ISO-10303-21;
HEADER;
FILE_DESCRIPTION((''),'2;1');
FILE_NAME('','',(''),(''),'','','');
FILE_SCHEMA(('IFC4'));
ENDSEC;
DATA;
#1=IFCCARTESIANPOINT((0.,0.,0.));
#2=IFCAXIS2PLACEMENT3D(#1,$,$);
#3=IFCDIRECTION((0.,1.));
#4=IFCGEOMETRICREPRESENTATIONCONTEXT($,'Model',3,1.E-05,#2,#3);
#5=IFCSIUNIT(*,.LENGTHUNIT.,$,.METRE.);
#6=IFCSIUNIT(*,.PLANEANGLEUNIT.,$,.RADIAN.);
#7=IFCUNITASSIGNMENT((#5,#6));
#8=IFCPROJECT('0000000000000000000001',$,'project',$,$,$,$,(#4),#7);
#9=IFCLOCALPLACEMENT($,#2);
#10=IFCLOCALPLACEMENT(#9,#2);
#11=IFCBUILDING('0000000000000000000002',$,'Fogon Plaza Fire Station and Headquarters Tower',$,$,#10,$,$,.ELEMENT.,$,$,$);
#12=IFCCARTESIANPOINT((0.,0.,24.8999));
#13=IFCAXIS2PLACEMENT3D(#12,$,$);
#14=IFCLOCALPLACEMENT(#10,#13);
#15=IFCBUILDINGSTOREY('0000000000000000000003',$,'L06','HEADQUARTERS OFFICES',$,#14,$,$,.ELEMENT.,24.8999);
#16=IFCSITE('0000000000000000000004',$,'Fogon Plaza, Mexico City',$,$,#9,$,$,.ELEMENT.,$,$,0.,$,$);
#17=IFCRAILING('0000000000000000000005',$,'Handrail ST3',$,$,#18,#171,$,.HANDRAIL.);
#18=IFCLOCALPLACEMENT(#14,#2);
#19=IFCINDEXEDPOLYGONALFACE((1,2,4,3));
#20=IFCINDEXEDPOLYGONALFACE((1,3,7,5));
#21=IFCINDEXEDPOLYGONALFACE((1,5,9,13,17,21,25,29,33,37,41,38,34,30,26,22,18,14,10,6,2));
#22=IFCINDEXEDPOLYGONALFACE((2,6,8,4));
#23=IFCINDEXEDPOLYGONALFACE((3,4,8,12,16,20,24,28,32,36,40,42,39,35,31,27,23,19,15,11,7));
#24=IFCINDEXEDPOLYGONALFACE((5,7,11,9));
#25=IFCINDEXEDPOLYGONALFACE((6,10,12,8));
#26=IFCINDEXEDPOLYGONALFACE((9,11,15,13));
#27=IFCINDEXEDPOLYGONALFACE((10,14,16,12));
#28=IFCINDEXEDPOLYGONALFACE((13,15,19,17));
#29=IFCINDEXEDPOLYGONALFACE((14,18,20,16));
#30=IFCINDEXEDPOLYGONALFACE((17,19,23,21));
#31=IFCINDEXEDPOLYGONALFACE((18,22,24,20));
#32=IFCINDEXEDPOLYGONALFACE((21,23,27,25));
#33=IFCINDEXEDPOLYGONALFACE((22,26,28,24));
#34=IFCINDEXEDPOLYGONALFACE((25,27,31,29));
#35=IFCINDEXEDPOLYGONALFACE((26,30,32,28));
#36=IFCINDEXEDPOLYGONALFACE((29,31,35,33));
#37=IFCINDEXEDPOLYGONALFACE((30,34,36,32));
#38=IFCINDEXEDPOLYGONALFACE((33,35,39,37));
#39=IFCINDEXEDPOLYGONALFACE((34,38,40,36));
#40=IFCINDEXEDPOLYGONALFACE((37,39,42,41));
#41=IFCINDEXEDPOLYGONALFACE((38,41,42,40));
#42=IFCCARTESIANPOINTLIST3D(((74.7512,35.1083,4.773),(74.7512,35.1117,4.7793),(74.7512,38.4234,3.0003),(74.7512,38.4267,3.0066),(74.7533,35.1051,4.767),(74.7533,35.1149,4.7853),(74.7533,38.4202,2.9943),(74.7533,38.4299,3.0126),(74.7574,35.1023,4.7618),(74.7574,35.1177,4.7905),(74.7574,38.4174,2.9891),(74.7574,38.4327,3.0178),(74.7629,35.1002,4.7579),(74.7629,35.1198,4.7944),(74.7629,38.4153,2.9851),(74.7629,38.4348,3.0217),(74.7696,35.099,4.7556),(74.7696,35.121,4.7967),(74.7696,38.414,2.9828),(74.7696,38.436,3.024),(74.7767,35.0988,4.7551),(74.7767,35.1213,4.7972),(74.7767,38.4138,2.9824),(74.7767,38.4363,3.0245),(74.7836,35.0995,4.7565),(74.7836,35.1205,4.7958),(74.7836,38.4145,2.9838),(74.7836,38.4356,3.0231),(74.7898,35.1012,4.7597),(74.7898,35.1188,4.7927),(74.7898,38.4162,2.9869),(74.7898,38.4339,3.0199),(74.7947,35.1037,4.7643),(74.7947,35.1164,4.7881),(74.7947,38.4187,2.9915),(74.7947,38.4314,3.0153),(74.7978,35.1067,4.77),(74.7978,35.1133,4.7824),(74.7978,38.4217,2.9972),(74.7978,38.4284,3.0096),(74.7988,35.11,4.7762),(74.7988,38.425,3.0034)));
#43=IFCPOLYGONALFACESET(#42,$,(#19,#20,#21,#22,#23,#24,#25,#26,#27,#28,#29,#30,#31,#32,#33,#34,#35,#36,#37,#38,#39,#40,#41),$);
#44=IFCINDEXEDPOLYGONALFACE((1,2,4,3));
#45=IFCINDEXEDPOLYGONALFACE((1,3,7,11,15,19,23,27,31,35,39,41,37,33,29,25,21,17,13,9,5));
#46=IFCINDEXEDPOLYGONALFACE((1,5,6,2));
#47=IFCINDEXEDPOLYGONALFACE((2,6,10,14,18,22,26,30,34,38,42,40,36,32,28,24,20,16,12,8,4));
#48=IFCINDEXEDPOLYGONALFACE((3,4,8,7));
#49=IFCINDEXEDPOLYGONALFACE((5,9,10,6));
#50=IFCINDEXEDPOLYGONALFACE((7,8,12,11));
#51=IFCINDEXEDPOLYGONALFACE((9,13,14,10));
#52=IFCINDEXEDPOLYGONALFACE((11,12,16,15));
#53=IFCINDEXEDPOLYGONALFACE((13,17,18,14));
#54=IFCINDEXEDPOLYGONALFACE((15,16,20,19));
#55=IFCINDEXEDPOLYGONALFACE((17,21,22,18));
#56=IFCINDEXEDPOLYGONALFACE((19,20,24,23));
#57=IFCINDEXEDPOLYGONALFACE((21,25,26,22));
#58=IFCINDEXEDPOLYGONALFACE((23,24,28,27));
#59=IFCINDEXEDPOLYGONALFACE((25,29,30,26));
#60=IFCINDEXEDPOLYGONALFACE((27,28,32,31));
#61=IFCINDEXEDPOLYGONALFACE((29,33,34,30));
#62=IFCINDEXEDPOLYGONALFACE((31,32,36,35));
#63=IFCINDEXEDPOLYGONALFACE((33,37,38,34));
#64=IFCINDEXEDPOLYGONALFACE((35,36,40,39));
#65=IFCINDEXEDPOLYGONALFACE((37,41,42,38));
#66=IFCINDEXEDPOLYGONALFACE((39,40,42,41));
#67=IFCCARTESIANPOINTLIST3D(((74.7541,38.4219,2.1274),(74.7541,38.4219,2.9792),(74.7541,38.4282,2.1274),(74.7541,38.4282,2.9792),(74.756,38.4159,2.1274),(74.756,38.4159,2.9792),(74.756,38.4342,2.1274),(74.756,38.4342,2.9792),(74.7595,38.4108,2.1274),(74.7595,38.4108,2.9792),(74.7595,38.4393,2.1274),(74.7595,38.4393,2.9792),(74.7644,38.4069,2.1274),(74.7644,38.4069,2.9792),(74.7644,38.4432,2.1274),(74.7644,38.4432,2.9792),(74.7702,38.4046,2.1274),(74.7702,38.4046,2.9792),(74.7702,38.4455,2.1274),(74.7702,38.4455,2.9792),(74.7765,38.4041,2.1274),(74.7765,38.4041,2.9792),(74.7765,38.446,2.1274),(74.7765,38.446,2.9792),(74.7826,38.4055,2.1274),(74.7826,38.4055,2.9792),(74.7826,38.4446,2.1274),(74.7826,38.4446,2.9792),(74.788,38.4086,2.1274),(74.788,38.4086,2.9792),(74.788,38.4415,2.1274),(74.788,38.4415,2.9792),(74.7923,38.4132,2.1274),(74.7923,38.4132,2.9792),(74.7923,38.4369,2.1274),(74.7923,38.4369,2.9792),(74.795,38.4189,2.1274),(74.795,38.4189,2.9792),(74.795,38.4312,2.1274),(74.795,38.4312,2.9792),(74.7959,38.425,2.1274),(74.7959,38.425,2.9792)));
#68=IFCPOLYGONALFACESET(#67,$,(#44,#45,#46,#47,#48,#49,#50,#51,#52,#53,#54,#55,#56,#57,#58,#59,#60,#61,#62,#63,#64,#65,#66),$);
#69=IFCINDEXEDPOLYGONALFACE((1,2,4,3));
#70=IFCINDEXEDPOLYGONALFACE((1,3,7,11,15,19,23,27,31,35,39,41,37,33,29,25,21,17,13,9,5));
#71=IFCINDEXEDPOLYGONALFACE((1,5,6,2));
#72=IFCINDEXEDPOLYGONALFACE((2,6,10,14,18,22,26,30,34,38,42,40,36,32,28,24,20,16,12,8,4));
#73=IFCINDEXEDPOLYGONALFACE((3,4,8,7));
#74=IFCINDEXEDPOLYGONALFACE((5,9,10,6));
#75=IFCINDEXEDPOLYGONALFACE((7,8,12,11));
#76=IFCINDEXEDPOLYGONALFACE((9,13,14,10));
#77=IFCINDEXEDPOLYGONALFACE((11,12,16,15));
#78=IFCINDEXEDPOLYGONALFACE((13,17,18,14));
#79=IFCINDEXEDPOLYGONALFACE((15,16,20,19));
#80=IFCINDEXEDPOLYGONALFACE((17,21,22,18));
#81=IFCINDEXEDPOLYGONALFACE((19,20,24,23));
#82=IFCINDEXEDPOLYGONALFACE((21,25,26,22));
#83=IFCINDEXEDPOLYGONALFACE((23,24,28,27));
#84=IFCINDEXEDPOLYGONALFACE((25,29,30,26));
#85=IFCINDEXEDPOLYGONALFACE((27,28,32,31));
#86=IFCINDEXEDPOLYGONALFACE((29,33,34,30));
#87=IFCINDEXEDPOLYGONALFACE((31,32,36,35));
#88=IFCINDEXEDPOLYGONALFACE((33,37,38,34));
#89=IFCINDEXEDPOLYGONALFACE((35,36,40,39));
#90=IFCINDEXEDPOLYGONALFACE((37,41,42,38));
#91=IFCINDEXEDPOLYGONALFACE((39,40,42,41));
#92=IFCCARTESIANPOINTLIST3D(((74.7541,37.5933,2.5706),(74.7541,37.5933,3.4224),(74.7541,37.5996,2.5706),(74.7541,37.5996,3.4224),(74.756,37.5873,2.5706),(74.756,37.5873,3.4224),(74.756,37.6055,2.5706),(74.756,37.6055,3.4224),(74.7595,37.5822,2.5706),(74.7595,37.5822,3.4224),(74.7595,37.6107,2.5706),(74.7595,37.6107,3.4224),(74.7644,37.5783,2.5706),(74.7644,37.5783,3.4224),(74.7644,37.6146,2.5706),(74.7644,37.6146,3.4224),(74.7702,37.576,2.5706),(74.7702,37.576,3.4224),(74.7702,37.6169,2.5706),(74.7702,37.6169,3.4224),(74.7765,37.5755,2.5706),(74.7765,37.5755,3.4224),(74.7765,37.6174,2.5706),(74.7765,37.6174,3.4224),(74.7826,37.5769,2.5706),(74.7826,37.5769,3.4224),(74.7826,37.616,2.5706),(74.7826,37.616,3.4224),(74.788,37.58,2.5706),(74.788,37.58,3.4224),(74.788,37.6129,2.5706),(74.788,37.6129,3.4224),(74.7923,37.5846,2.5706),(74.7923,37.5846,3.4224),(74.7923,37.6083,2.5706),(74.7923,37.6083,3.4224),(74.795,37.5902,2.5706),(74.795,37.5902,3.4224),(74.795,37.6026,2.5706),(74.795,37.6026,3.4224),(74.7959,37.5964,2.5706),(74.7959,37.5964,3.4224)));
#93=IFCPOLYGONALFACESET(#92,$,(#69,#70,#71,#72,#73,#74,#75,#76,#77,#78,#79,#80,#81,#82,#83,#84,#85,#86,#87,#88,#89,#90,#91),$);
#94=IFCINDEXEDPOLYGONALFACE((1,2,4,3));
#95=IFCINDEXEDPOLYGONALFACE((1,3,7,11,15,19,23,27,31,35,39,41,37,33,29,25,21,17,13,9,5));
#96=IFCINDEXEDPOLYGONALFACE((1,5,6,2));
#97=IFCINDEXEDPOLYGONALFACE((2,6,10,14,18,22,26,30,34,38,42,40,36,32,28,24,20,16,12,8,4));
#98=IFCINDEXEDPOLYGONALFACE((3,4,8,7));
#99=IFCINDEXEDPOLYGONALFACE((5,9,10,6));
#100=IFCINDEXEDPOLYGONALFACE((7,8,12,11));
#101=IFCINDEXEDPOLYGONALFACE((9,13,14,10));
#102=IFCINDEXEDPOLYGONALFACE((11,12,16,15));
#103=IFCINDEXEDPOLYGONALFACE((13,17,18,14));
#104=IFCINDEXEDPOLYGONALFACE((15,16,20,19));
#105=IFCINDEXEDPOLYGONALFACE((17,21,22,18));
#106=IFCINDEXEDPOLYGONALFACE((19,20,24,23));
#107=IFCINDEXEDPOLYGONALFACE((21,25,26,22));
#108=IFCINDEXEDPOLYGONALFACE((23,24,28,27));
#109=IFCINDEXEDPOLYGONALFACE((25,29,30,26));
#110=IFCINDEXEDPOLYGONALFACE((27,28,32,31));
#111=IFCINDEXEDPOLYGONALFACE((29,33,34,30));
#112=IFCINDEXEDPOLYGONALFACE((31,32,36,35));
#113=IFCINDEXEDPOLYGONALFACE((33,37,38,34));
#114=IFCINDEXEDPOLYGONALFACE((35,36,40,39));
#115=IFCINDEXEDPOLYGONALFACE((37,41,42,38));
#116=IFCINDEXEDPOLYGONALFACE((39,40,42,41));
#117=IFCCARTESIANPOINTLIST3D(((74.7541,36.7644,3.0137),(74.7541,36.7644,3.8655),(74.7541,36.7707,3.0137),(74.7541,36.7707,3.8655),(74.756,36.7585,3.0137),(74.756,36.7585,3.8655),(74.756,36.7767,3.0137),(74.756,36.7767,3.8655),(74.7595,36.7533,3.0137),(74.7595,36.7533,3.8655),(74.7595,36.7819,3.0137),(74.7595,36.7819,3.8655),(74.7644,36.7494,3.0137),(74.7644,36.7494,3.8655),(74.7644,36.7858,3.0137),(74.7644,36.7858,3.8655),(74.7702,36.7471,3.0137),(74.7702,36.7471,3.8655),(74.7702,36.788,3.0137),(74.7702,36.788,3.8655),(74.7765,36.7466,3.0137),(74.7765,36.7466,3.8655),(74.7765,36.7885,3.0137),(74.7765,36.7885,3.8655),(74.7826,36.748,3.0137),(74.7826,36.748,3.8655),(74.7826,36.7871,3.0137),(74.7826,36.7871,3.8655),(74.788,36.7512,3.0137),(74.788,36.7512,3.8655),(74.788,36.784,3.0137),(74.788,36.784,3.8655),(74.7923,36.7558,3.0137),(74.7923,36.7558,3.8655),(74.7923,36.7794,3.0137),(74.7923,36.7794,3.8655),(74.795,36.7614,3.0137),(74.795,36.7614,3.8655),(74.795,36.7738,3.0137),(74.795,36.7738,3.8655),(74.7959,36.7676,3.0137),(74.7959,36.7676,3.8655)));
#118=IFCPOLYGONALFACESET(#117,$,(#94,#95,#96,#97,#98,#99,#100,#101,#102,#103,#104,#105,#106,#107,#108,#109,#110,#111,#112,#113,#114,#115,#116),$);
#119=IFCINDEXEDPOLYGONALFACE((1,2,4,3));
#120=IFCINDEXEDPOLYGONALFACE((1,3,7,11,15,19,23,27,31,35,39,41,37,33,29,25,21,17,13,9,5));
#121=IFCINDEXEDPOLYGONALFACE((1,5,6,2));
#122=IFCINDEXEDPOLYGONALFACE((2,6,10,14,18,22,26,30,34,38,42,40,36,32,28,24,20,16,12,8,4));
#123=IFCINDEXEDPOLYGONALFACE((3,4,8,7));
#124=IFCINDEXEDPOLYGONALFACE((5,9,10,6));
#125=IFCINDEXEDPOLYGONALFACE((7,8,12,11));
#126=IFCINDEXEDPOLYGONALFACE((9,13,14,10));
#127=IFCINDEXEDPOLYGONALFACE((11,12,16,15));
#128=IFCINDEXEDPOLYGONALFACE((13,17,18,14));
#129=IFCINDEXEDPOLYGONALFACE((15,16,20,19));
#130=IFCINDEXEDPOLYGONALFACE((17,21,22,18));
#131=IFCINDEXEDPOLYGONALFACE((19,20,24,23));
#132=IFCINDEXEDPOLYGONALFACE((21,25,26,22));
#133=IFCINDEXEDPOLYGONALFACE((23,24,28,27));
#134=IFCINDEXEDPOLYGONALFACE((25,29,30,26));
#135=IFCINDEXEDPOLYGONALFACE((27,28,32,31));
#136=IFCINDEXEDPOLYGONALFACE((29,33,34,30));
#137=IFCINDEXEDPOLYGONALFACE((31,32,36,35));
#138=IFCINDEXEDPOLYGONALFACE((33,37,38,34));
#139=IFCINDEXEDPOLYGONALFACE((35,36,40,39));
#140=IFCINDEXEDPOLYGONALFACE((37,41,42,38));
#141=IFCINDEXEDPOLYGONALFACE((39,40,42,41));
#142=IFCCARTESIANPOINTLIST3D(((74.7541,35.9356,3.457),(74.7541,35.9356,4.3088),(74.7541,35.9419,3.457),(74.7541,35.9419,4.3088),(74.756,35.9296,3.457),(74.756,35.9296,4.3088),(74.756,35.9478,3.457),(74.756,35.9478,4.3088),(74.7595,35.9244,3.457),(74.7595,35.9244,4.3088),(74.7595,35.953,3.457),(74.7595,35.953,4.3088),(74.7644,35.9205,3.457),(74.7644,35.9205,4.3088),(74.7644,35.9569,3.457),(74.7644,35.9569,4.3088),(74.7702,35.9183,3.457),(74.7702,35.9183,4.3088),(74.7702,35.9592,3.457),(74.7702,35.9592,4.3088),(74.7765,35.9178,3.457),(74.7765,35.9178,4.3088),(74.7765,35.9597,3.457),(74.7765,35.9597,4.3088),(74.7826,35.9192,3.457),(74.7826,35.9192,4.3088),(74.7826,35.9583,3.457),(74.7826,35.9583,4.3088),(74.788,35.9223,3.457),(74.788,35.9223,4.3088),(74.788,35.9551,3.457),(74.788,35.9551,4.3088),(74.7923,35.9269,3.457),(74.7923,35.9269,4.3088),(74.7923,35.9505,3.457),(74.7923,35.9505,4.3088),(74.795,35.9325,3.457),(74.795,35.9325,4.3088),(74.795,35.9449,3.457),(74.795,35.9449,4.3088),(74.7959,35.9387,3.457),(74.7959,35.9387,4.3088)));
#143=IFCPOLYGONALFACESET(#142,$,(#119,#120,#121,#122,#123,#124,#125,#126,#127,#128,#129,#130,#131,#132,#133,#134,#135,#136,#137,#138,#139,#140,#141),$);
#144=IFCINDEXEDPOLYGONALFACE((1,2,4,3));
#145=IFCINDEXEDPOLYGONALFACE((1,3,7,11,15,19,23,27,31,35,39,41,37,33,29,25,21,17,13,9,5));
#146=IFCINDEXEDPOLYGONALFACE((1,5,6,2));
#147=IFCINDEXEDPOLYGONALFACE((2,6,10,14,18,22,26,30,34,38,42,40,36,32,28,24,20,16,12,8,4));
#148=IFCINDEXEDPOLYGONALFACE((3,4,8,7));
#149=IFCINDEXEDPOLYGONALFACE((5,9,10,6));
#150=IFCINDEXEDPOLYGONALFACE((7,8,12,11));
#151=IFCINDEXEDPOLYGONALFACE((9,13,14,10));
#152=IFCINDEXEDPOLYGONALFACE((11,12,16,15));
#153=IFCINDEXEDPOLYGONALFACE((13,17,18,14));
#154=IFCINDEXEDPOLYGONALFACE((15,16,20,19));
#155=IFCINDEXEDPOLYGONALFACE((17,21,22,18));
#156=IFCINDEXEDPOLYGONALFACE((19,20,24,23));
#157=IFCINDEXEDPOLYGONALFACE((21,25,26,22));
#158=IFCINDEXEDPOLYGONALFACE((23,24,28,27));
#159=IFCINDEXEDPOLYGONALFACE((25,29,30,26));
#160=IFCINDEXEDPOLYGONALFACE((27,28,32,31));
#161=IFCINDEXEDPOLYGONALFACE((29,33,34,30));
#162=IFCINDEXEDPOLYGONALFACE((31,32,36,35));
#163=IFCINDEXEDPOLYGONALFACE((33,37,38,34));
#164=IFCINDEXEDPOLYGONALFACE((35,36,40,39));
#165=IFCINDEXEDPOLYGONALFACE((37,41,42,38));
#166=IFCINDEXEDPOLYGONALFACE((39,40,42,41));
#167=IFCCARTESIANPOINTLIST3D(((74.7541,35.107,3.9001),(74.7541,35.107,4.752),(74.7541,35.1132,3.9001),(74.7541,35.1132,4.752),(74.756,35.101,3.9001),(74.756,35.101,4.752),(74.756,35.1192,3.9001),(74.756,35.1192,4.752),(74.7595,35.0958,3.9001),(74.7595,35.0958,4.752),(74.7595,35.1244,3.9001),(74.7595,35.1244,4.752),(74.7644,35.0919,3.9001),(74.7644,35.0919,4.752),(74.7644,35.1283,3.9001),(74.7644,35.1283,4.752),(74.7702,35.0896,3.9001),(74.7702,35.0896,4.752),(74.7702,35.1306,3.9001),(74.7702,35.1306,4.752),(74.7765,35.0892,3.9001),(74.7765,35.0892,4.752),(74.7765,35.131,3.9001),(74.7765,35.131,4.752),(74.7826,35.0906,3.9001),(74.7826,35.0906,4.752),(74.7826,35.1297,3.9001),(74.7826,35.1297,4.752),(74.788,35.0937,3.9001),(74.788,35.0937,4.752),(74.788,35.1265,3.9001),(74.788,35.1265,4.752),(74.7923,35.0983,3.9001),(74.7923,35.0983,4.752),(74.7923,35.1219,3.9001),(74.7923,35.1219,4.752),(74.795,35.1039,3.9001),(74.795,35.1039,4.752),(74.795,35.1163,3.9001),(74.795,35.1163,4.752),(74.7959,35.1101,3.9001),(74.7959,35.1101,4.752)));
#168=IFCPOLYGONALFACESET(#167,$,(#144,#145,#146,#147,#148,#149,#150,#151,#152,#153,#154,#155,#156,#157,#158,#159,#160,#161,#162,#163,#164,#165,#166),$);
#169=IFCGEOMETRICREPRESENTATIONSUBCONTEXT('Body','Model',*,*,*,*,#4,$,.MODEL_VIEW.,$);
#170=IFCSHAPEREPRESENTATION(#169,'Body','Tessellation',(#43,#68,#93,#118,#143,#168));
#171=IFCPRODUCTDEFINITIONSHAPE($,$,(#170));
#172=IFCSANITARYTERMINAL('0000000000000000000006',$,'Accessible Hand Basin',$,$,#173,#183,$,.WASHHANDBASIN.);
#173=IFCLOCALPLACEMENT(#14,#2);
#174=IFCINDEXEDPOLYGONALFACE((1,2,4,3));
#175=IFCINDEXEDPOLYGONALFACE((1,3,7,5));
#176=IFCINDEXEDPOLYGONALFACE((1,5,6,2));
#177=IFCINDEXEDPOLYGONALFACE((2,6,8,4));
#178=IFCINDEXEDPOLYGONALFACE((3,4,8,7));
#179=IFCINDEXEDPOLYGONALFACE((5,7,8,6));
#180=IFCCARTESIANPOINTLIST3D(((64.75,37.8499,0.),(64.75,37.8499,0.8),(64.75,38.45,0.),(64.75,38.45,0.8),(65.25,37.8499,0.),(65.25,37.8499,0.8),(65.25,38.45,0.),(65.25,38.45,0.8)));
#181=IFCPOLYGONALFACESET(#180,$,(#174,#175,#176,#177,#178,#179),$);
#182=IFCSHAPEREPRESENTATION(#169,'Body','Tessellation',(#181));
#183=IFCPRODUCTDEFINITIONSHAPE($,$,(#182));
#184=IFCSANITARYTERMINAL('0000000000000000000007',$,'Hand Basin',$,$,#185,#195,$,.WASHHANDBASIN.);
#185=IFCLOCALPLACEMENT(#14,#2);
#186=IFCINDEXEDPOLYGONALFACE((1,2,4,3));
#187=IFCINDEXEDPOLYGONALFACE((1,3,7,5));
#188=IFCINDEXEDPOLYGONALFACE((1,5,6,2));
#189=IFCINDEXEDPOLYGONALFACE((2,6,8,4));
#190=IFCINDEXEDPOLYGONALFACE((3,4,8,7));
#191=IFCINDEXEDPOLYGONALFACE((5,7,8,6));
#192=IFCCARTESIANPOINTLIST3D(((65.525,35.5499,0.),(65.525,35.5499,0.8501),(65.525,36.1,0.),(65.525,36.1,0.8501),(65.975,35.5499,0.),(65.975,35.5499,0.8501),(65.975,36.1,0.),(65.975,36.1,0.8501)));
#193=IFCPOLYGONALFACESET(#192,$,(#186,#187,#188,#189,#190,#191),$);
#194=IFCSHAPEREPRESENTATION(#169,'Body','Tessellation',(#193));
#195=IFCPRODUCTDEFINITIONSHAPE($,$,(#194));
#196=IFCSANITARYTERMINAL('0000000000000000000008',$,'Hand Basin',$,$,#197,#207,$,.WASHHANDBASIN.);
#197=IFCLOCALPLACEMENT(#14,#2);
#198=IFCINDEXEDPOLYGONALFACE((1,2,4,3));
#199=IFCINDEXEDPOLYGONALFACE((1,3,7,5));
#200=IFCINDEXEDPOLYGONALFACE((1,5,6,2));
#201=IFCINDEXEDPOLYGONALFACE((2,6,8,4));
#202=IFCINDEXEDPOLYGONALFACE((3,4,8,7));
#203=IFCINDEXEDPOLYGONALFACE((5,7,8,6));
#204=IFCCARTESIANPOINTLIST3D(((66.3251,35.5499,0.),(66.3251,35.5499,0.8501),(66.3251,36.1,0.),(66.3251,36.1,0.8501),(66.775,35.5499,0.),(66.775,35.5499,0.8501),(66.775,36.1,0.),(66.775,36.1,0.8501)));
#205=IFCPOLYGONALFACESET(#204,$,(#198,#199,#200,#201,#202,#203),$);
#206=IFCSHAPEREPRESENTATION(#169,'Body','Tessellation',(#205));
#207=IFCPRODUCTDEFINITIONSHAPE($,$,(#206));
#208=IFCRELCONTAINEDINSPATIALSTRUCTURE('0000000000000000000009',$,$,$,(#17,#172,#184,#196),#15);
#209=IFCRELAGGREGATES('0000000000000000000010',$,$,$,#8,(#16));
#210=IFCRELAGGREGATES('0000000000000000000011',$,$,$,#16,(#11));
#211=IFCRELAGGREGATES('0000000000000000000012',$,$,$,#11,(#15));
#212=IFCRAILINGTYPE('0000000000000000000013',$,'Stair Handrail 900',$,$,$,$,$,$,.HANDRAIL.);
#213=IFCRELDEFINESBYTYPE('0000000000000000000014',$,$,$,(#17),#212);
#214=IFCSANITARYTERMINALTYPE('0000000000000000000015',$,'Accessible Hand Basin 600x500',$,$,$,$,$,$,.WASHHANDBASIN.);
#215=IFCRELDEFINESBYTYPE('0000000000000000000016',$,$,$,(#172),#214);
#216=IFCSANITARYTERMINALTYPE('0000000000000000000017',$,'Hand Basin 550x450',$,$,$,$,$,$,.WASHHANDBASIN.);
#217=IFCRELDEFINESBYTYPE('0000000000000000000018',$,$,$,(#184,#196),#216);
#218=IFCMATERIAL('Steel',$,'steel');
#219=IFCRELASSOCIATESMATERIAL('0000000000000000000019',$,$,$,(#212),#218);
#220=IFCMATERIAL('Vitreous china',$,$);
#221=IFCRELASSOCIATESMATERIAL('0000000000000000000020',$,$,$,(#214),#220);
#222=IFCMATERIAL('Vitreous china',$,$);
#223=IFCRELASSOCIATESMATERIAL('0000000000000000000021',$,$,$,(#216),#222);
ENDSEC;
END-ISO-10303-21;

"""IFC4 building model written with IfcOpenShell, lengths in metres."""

from ifc_helpers import new_model, si_unit, direction, frame, origin, origin_2d, place, context, subcontext, project, spatial, rectangle, circle, extrude, material, type_object, element, save


model = new_model("IFC4")

# Units and contexts
model_context = context("Model", 3, precision=1e-05, world=origin(), true_north=direction((0.0, 1.0)))
body_context = subcontext(model_context, "Body", "Model", "MODEL_VIEW")
ifc_project = project(units=[si_unit("LENGTHUNIT", "METRE"), si_unit("PLANEANGLEUNIT", "RADIAN")], contexts=[model_context])

# Site, building, storey
site_placement = place(None, origin())
site = spatial("IfcSite", under=ifc_project, at=site_placement, Name="Fogon Plaza, Mexico City", CompositionType="ELEMENT", RefElevation=0.0)
building_placement = place(site_placement, origin())
building = spatial("IfcBuilding", under=site, at=building_placement, Name="Fogon Plaza Fire Station and Headquarters Tower", CompositionType="ELEMENT")
storey_placement = place(building_placement, frame((0.0, 0.0, 24.8999)))
storey = spatial("IfcBuildingStorey", under=building, at=storey_placement, Name="L06", Description="HEADQUARTERS OFFICES", CompositionType="ELEMENT", Elevation=24.8999)

# Railing
ifc_material_1 = material(Name="Steel", Category="steel")
railing_type = type_object("IfcRailingType", Name="Stair Handrail 900", PredefinedType="HANDRAIL", material=ifc_material_1)
for number, where, name in (
    (1, (74.7749, 38.425, 2.1274), "Handrail ST3"),
):
    element("IfcRailing", number, at=place(storey_placement, frame(where)), inside=storey, type_object=railing_type, Name=name, PredefinedType="HANDRAIL", context=body_context, shape_type="SweptSolid", body=[
        extrude(circle(Radius=0.0239, at=origin_2d()), frame((0.0, 0.0, 0.876), z_axis=(0.0, -0.881829, 0.471569), x_axis=(1.0, 0.0, 0.0)), (0.0, 0.0, 1.0), 3.7593),
        extrude(circle(Radius=0.021, at=origin_2d()), origin(), (0.0, 0.0, 1.0), 0.8518),
        extrude(circle(Radius=0.021, at=origin_2d()), frame((0.0, -0.8286, 0.4431)), (0.0, 0.0, 1.0), 0.8518),
        extrude(circle(Radius=0.021, at=origin_2d()), frame((0.0, -1.6575, 0.8862)), (0.0, 0.0, 1.0), 0.8518),
        extrude(circle(Radius=0.021, at=origin_2d()), frame((0.0, -2.4863, 1.3296)), (0.0, 0.0, 1.0), 0.8518),
        extrude(circle(Radius=0.021, at=origin_2d()), frame((0.0, -3.3149, 1.7727)), (0.0, 0.0, 1.0), 0.8518),
    ])

# Sanitary terminals
ifc_material_2 = material(Name="Vitreous china")
sanitary_terminal_type_1 = type_object("IfcSanitaryTerminalType", Name="Accessible Hand Basin 600x500", PredefinedType="WASHHANDBASIN", material=ifc_material_2)
sanitary_terminal_placement = place(storey_placement, frame((65.0, 38.1499, 0.0), z_axis=(0.0, 0.0, 1.0), x_axis=(1.0, 0.0, 0.0)))
element("IfcSanitaryTerminal", 2, at=sanitary_terminal_placement, inside=storey, type_object=sanitary_terminal_type_1, Name="Accessible Hand Basin", PredefinedType="WASHHANDBASIN", context=body_context, shape_type="SweptSolid", body=[
    extrude(rectangle(XDim=0.5, YDim=0.6001, at=origin_2d()), origin(), (0.0, 0.0, 1.0), 0.8),
])
ifc_material_3 = material(Name="Vitreous china")
sanitary_terminal_type_2 = type_object("IfcSanitaryTerminalType", Name="Hand Basin 550x450", PredefinedType="WASHHANDBASIN", material=ifc_material_3)
for number, where, z_axis, x_axis, name in (
    (3, (65.75, 35.825, 0.0), (0.0, 0.0, 1.0), (1.0, 0.0, 0.0), "Hand Basin"),
    (4, (66.55, 35.825, 0.0), (0.0, 0.0, 1.0), (1.0, 0.0, 0.0), "Hand Basin"),
):
    element("IfcSanitaryTerminal", number, at=place(storey_placement, frame(where, z_axis=z_axis, x_axis=x_axis)), inside=storey, type_object=sanitary_terminal_type_2, Name=name, PredefinedType="WASHHANDBASIN", context=body_context, shape_type="SweptSolid", body=[
        extrude(rectangle(XDim=0.45, YDim=0.55, at=origin_2d()), origin(), (0.0, 0.0, 1.0), 0.8501),
    ])

save(model, "model.ifc")
